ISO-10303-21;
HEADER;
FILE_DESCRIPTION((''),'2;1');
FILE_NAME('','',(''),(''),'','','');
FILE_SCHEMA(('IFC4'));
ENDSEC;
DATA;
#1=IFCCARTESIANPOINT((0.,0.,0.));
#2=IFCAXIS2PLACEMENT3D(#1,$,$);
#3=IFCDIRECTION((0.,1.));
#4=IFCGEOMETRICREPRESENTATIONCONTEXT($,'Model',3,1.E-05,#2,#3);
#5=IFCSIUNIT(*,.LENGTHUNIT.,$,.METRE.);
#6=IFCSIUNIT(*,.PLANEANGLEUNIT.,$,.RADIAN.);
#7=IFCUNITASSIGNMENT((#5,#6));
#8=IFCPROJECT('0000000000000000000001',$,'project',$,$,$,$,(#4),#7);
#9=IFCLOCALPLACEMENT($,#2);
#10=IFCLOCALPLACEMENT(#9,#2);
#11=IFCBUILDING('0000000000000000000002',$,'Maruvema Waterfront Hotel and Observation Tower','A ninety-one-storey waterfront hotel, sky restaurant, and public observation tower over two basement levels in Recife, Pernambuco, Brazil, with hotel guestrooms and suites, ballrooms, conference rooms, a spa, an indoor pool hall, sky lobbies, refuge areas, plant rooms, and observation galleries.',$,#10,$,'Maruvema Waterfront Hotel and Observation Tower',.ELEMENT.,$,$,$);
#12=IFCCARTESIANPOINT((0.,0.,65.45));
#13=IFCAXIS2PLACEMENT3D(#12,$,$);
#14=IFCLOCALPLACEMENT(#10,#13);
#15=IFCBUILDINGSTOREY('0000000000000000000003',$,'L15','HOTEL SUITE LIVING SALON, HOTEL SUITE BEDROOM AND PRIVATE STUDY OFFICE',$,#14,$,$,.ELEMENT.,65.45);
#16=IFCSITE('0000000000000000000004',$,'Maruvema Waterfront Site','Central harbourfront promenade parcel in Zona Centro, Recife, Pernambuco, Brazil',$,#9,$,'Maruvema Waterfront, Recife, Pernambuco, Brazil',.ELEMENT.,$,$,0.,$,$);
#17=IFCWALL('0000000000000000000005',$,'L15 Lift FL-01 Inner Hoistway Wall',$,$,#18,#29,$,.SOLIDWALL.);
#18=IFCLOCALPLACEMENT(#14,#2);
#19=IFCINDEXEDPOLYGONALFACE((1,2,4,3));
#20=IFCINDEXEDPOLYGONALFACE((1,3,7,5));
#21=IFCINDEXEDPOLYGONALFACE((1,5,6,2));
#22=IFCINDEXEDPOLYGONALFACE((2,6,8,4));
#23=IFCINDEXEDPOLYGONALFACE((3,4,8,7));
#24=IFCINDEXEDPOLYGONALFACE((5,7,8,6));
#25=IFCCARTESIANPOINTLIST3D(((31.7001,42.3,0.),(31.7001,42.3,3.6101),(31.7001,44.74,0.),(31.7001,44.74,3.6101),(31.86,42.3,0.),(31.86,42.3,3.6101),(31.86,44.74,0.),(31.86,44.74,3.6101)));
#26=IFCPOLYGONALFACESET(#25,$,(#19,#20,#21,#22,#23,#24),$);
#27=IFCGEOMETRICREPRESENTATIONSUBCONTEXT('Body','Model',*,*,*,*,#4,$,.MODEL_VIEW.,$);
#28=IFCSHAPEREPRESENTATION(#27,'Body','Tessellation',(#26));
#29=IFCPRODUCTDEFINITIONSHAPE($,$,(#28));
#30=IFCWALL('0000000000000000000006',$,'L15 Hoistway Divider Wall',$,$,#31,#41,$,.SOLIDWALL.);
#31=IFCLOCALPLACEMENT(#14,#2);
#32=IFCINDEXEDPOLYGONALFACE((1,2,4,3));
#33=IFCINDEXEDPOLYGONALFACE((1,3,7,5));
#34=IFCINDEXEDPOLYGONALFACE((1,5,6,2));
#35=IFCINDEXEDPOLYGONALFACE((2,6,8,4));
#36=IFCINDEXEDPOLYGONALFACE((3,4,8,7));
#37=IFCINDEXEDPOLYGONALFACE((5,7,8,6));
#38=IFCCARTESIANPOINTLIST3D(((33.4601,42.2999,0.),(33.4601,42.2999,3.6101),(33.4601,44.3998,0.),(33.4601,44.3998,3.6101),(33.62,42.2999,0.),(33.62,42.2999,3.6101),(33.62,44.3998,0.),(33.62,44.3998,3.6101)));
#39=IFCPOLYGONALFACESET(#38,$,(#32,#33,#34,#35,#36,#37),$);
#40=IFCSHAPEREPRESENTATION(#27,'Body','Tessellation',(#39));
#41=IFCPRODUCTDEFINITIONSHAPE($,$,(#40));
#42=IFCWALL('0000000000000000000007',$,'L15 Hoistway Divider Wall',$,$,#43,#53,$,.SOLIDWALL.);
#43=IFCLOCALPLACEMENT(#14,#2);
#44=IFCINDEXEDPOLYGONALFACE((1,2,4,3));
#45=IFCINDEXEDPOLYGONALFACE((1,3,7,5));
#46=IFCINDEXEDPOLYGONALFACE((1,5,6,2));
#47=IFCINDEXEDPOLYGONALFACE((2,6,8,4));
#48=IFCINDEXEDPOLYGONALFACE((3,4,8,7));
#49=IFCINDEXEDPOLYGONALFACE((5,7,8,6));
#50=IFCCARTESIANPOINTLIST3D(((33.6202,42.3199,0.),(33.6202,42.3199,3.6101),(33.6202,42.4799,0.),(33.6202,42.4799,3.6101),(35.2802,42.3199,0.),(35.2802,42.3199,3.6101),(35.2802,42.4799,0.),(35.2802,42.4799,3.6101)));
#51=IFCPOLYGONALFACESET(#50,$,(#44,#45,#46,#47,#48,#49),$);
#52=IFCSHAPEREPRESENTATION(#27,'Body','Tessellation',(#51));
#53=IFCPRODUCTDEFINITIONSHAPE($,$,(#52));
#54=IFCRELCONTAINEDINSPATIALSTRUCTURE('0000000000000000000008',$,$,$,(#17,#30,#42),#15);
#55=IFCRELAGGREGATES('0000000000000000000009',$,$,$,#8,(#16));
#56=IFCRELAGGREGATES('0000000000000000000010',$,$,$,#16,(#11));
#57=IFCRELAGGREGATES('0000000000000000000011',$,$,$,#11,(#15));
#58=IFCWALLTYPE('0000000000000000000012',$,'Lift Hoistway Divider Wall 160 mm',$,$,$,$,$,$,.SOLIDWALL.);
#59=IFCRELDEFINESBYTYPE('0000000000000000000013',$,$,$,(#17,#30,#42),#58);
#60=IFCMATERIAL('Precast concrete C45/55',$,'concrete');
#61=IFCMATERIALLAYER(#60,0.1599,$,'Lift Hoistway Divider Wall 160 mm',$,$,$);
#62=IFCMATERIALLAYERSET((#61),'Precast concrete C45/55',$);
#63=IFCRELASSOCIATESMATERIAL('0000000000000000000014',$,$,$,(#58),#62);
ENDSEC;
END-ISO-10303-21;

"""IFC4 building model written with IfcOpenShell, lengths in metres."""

from ifc_helpers import new_model, si_unit, direction, frame, frame_2d, origin, place, context, subcontext, project, spatial, rectangle, extrude, material, layer, layer_set, type_object, element, save


model = new_model("IFC4")

# Units and contexts
model_context = context("Model", 3, precision=1e-05, world=origin(), true_north=direction((0.0, 1.0)))
body_context = subcontext(model_context, "Body", "Model", "MODEL_VIEW")
ifc_project = project(units=[si_unit("LENGTHUNIT", "METRE"), si_unit("PLANEANGLEUNIT", "RADIAN")], contexts=[model_context])

# Site, building, storey
site_placement = place(None, origin())
site = spatial("IfcSite", under=ifc_project, at=site_placement, Name="Maruvema Waterfront Site", Description="Central harbourfront promenade parcel in Zona Centro, Recife, Pernambuco, Brazil", LongName="Maruvema Waterfront, Recife, Pernambuco, Brazil", CompositionType="ELEMENT", RefElevation=0.0)
building_placement = place(site_placement, origin())
building = spatial("IfcBuilding", under=site, at=building_placement, Name="Maruvema Waterfront Hotel and Observation Tower", Description="A ninety-one-storey waterfront hotel, sky restaurant, and public observation tower over two basement levels in Recife, Pernambuco, Brazil, with hotel guestrooms and suites, ballrooms, conference rooms, a spa, an indoor pool hall, sky lobbies, refuge areas, plant rooms, and observation galleries.", LongName="Maruvema Waterfront Hotel and Observation Tower", CompositionType="ELEMENT")
storey_placement = place(building_placement, frame((0.0, 0.0, 65.45)))
storey = spatial("IfcBuildingStorey", under=building, at=storey_placement, Name="L15", Description="HOTEL SUITE LIVING SALON, HOTEL SUITE BEDROOM AND PRIVATE STUDY OFFICE", CompositionType="ELEMENT", Elevation=65.45)

# Walls
ifc_material_1 = material(Name="Precast concrete C45/55", Category="concrete")
ifc_layer_1 = layer(ifc_material_1, 0.1599, Name="Lift Hoistway Divider Wall 160 mm")
ifc_layer_set_1 = layer_set([ifc_layer_1], Name="Precast concrete C45/55")
wall_type_1 = type_object("IfcWallType", Name="Lift Hoistway Divider Wall 160 mm", PredefinedType="SOLIDWALL", material=ifc_layer_set_1)
wall_1_placement = place(storey_placement, frame((31.78, 42.3, 0.0), z_axis=(0.0, 0.0, 1.0), x_axis=(0.0, 1.0, 0.0)))
element("IfcWall", 1, at=wall_1_placement, inside=storey, type_object=wall_type_1, Name="L15 Lift FL-01 Inner Hoistway Wall", PredefinedType="SOLIDWALL", context=body_context, shape_type="SweptSolid", body=[
    extrude(rectangle(XDim=2.4399, YDim=0.1599, at=frame_2d((1.22, 0.0))), origin(), (0.0, 0.0, 1.0), 3.6101),
])
wall_2_placement = place(storey_placement, frame((33.54, 42.3, 0.0), z_axis=(0.0, 0.0, 1.0), x_axis=(0.0, 1.0, 0.0)))
element("IfcWall", 2, at=wall_2_placement, inside=storey, type_object=wall_type_1, Name="L15 Hoistway Divider Wall", PredefinedType="SOLIDWALL", context=body_context, shape_type="SweptSolid", body=[
    extrude(rectangle(XDim=2.0999, YDim=0.1599, at=frame_2d((1.0498, 0.0))), origin(), (0.0, 0.0, 1.0), 3.6101),
])
wall_3_placement = place(storey_placement, frame((33.6201, 42.3999, 0.0), z_axis=(0.0, 0.0, 1.0), x_axis=(1.0, 0.0, 0.0)))
element("IfcWall", 3, at=wall_3_placement, inside=storey, type_object=wall_type_1, Name="L15 Hoistway Divider Wall", PredefinedType="SOLIDWALL", context=body_context, shape_type="SweptSolid", body=[
    extrude(rectangle(XDim=1.6599, YDim=0.1599, at=frame_2d((0.8301, 0.0))), origin(), (0.0, 0.0, 1.0), 3.6101),
])

save(model, "model.ifc")
